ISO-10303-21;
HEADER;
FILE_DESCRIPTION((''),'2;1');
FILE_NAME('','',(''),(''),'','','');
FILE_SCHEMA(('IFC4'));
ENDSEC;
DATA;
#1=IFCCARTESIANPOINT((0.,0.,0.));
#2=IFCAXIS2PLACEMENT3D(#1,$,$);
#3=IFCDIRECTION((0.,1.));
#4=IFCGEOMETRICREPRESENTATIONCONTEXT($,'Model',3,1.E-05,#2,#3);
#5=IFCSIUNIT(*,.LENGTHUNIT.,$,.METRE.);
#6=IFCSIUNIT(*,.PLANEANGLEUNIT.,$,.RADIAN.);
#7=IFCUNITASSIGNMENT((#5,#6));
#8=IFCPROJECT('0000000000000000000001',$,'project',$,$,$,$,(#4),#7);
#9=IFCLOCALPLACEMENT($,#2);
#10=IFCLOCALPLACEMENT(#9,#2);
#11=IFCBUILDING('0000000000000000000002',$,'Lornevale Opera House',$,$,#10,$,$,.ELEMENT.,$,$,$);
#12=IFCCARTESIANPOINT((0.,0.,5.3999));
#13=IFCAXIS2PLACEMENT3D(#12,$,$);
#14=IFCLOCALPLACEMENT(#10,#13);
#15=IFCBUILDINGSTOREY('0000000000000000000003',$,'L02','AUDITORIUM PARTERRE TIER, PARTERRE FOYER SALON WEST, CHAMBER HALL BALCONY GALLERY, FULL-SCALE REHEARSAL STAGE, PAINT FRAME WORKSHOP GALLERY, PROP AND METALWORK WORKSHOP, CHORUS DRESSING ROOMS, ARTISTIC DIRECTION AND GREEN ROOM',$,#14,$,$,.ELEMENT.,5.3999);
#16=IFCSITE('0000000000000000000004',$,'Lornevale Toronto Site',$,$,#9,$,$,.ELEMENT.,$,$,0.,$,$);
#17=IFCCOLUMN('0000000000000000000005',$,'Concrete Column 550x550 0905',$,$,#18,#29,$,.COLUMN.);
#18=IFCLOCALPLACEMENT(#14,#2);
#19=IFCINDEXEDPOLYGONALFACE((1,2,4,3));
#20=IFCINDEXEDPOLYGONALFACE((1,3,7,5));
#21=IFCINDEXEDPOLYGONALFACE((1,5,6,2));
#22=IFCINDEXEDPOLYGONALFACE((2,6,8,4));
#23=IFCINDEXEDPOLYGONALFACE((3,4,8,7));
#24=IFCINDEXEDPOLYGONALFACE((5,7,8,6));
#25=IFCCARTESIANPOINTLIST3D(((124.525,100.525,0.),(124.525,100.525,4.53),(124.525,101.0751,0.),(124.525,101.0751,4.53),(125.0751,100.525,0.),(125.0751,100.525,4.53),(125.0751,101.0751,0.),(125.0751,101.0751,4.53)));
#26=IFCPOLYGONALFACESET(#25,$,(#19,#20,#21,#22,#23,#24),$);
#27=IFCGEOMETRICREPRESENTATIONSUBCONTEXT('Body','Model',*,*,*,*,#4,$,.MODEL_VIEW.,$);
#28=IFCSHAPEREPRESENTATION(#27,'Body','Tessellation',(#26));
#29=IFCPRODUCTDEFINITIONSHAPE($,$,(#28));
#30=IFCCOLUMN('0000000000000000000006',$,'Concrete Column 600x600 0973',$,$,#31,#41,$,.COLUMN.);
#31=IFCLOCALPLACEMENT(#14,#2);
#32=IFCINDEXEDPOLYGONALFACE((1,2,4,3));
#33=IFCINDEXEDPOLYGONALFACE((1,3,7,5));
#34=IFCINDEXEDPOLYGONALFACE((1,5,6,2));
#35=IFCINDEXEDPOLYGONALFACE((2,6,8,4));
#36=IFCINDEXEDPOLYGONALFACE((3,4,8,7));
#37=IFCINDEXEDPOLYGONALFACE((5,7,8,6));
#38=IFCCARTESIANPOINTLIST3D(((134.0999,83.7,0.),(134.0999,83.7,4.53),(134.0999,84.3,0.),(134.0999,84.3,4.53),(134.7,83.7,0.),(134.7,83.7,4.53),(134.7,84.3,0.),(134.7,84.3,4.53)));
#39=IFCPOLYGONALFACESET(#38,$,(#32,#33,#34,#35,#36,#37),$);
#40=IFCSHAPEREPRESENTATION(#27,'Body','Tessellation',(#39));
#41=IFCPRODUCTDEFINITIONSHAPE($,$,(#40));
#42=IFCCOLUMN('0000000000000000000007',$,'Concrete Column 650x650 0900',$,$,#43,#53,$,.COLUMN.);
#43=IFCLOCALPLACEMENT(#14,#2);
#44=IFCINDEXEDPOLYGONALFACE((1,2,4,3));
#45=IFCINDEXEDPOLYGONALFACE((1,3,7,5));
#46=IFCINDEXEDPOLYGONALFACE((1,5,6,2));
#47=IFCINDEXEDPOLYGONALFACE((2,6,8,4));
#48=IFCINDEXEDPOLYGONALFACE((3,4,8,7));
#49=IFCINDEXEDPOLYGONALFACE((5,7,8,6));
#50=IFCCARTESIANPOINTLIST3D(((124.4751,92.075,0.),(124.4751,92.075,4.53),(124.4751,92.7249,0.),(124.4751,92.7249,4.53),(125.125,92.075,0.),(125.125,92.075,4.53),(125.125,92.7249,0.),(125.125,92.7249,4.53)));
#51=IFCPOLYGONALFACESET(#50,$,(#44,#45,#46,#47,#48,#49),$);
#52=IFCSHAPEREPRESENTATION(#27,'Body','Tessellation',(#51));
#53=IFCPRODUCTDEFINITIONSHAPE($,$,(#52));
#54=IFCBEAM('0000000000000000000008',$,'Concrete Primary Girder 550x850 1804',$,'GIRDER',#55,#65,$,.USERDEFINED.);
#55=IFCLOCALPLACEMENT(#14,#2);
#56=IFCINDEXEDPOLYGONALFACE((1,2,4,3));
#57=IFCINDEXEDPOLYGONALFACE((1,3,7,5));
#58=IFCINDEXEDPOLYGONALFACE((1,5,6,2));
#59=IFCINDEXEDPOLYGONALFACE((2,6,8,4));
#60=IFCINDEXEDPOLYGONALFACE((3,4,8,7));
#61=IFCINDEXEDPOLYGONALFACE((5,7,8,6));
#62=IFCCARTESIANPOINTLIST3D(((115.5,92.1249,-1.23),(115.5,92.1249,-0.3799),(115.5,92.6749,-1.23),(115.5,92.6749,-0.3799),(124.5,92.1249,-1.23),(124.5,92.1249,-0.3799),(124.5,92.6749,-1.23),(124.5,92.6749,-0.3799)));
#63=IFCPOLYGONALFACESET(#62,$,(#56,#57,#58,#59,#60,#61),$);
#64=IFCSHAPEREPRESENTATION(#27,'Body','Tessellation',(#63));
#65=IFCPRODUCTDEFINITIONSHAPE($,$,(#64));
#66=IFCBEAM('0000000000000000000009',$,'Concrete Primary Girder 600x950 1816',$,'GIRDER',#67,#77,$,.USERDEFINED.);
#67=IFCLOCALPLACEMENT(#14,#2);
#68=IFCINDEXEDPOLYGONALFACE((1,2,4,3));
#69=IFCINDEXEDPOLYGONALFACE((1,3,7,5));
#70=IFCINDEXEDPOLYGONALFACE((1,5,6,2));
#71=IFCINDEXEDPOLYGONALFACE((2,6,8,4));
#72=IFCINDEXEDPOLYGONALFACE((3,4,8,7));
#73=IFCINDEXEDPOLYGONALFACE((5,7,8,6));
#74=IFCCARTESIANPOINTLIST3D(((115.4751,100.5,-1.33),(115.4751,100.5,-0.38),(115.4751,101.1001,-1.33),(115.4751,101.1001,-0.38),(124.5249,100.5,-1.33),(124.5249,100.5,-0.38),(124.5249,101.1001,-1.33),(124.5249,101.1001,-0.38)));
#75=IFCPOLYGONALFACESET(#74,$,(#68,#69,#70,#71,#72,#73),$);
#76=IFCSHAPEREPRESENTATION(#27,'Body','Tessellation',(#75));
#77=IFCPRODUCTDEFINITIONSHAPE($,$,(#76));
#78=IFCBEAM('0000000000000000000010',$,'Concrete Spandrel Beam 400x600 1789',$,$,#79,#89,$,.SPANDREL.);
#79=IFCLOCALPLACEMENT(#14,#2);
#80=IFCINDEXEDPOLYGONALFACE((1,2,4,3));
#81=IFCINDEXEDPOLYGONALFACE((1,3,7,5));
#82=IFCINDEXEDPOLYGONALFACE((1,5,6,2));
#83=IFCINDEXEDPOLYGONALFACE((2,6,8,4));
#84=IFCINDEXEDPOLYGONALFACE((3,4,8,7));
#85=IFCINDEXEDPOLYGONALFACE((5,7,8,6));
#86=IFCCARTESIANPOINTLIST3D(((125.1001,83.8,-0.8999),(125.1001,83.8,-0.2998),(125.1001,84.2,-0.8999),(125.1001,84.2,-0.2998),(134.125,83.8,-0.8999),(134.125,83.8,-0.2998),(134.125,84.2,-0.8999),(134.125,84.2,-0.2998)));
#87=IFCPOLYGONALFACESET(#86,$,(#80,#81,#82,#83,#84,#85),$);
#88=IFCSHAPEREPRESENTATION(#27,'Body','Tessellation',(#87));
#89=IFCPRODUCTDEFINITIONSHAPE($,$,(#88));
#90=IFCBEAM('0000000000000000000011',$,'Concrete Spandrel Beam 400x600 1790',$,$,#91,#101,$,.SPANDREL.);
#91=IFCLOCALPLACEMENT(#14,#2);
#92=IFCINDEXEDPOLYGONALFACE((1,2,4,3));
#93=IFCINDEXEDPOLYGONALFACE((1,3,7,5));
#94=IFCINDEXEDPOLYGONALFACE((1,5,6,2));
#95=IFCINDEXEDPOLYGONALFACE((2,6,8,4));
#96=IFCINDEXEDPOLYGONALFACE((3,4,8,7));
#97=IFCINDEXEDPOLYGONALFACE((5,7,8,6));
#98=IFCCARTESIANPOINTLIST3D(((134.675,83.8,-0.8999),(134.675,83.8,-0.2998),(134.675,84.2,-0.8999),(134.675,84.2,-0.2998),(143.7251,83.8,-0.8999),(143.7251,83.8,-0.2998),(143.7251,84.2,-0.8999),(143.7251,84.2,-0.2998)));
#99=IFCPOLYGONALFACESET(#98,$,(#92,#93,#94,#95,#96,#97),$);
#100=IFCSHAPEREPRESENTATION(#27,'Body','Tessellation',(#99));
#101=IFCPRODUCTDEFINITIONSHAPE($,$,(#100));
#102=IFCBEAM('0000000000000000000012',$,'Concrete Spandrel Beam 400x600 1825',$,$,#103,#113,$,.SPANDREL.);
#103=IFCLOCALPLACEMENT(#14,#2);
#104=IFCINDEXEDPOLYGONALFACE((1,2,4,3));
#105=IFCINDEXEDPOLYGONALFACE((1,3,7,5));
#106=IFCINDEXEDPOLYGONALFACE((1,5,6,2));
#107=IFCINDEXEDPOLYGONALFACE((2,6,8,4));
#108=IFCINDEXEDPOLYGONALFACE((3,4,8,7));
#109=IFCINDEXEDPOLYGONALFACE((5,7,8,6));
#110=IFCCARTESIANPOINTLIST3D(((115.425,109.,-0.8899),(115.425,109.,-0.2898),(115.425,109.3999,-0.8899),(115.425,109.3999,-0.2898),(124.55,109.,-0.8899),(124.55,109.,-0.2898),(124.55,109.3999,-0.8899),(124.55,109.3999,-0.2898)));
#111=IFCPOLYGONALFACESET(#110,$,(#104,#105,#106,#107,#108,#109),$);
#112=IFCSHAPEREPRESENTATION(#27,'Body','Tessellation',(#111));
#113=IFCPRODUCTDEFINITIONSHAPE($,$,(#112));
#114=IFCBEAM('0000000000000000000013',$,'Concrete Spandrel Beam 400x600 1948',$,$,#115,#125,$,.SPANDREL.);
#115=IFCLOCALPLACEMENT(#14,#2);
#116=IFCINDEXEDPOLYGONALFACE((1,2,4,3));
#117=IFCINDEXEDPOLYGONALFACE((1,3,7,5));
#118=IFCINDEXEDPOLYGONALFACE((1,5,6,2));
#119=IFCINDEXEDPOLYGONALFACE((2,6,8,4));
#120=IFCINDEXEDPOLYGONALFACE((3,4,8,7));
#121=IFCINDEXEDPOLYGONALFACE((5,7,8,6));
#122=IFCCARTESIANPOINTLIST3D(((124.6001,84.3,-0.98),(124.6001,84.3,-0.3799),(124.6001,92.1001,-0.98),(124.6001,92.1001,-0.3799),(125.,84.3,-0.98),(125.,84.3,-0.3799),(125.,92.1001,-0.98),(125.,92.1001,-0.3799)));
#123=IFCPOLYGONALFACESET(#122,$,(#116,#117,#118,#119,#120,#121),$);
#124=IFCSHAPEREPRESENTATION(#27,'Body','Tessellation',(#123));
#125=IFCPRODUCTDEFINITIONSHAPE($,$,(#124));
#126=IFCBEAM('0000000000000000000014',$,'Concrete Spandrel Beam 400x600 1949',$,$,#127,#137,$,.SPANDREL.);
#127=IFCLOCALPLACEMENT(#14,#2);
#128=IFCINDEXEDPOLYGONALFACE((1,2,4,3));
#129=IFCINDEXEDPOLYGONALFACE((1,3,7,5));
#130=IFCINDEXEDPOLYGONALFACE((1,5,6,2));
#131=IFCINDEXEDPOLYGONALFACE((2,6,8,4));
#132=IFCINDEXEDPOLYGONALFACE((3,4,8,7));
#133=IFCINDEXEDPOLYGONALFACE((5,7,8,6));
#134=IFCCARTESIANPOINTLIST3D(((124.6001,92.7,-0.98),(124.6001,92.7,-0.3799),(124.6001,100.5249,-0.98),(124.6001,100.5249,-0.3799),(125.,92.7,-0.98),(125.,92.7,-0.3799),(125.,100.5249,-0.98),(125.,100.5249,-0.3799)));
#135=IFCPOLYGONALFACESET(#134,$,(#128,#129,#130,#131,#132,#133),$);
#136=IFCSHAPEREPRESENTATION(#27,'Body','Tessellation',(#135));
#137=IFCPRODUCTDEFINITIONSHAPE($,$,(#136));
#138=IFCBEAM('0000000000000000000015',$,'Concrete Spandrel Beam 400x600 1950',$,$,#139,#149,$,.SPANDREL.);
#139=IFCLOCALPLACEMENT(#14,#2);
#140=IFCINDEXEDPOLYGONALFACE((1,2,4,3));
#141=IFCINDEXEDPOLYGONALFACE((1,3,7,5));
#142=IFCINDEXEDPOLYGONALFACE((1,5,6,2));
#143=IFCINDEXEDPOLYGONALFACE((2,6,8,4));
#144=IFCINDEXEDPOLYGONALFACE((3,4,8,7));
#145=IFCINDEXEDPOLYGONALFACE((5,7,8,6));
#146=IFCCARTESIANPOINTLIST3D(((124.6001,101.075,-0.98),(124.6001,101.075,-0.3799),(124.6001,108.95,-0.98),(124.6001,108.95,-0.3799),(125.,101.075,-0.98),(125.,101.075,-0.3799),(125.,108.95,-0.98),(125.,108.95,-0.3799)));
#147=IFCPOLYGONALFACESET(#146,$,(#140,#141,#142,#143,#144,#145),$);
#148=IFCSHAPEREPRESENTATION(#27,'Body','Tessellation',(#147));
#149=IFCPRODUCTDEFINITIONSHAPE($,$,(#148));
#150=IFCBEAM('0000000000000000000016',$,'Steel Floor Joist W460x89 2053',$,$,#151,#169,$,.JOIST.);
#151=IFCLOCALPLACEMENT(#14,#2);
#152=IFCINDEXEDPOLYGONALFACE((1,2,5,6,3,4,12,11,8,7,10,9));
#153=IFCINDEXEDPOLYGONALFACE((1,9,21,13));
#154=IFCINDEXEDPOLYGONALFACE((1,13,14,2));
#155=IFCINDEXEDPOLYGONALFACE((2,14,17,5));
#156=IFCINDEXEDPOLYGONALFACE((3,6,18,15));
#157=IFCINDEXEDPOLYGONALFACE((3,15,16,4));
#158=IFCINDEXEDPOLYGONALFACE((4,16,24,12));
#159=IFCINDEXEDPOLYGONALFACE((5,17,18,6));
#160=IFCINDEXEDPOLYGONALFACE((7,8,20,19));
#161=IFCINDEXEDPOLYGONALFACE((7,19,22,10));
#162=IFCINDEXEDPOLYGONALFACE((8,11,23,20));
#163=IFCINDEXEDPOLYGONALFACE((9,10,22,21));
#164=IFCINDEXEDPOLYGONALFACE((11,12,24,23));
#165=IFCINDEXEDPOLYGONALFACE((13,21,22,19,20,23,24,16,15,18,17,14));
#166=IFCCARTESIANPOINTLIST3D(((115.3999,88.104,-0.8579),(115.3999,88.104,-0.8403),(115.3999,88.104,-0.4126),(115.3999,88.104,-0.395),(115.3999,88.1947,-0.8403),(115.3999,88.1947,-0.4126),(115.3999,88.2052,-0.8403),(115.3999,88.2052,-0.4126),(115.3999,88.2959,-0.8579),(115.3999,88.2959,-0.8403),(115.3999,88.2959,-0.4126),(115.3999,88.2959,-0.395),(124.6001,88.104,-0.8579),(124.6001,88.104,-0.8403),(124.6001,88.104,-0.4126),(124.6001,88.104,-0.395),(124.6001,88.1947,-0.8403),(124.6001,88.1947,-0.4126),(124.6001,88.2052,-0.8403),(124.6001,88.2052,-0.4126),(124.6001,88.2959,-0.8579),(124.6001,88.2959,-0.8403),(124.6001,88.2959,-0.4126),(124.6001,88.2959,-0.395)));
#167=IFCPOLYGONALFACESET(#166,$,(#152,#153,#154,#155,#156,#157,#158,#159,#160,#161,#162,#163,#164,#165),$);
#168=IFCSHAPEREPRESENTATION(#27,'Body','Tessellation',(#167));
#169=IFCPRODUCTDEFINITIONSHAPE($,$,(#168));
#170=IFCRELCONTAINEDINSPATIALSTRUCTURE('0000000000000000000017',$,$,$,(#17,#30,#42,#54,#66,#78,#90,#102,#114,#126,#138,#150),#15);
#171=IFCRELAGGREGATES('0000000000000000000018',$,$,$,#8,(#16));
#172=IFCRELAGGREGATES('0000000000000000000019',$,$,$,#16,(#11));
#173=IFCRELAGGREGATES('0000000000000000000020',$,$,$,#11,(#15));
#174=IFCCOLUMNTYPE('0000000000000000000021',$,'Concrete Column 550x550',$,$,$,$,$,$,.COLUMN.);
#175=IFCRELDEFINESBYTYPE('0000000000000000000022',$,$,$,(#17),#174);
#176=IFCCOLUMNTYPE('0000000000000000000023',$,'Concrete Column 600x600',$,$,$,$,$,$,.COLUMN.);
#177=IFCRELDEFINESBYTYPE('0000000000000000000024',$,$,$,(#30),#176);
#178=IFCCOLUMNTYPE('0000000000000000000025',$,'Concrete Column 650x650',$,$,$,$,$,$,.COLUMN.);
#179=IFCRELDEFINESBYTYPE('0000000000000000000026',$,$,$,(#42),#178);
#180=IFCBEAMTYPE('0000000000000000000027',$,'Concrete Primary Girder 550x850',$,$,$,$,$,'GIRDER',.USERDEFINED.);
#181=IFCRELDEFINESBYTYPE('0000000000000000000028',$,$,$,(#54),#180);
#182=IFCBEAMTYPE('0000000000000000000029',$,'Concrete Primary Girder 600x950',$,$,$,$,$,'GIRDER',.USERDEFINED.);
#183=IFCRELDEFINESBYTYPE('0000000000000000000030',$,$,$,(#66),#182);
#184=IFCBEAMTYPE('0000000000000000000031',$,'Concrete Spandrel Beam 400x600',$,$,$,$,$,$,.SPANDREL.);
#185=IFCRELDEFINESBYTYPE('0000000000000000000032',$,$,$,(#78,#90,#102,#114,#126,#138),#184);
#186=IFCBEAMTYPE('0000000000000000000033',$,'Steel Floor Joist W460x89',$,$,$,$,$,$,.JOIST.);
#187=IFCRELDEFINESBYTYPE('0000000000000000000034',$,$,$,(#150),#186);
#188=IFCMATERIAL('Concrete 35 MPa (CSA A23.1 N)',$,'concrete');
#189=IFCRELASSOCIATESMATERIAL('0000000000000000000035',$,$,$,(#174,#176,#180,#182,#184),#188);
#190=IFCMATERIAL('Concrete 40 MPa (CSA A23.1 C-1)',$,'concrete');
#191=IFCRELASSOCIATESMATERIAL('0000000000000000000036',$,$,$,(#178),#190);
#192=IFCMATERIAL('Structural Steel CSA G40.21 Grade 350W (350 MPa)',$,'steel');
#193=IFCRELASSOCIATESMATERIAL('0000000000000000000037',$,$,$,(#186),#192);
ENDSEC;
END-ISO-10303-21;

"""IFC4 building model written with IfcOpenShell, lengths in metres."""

from ifc_helpers import new_model, si_unit, direction, frame, origin, origin_2d, place, context, subcontext, project, spatial, rectangle, i_section, extrude, material, material_profile, profile_set, type_object, element, save


model = new_model("IFC4")

# Units and contexts
model_context = context("Model", 3, precision=1e-05, world=origin(), true_north=direction((0.0, 1.0)))
body_context = subcontext(model_context, "Body", "Model", "MODEL_VIEW")
ifc_project = project(units=[si_unit("LENGTHUNIT", "METRE"), si_unit("PLANEANGLEUNIT", "RADIAN")], contexts=[model_context])

# Site, building, storey
site_placement = place(None, origin())
site = spatial("IfcSite", under=ifc_project, at=site_placement, Name="Lornevale Toronto Site", CompositionType="ELEMENT", RefElevation=0.0)
building_placement = place(site_placement, origin())
building = spatial("IfcBuilding", under=site, at=building_placement, Name="Lornevale Opera House", CompositionType="ELEMENT")
storey_placement = place(building_placement, frame((0.0, 0.0, 5.3999)))
storey = spatial("IfcBuildingStorey", under=building, at=storey_placement, Name="L02", Description="AUDITORIUM PARTERRE TIER, PARTERRE FOYER SALON WEST, CHAMBER HALL BALCONY GALLERY, FULL-SCALE REHEARSAL STAGE, PAINT FRAME WORKSHOP GALLERY, PROP AND METALWORK WORKSHOP, CHORUS DRESSING ROOMS, ARTISTIC DIRECTION AND GREEN ROOM", CompositionType="ELEMENT", Elevation=5.3999)

# Columns
ifc_material_1 = material(Name="Concrete 35 MPa (CSA A23.1 N)", Category="concrete")
ifc_material_profile_1 = material_profile(ifc_material_1, rectangle(XDim=0.55, YDim=0.55, at=origin_2d()), Name="RC550x550")
ifc_profile_set_1 = profile_set([ifc_material_profile_1], Name="Concrete 35 MPa (CSA A23.1 N)")
column_type_1 = type_object("IfcColumnType", Name="Concrete Column 550x550", PredefinedType="COLUMN", material=ifc_profile_set_1)
column_1_placement = place(storey_placement, frame((124.8, 100.8, 0.0), z_axis=(0.0, 0.0, 1.0), x_axis=(1.0, 0.0, 0.0)))
element("IfcColumn", 1, at=column_1_placement, inside=storey, type_object=column_type_1, Name="Concrete Column 550x550 0905", PredefinedType="COLUMN", context=body_context, shape_type="SweptSolid", body=[
    extrude(rectangle(XDim=0.55, YDim=0.55, at=origin_2d()), origin(), (0.0, 0.0, 1.0), 4.53),
])
ifc_material_profile_2 = material_profile(ifc_material_1, rectangle(XDim=0.6001, YDim=0.6001, at=origin_2d()), Name="RC600x600")
ifc_profile_set_2 = profile_set([ifc_material_profile_2], Name="Concrete 35 MPa (CSA A23.1 N)")
column_type_2 = type_object("IfcColumnType", Name="Concrete Column 600x600", PredefinedType="COLUMN", material=ifc_profile_set_2)
column_2_placement = place(storey_placement, frame((134.3999, 84.0, 0.0), z_axis=(0.0, 0.0, 1.0), x_axis=(1.0, 0.0, 0.0)))
element("IfcColumn", 2, at=column_2_placement, inside=storey, type_object=column_type_2, Name="Concrete Column 600x600 0973", PredefinedType="COLUMN", context=body_context, shape_type="SweptSolid", body=[
    extrude(rectangle(XDim=0.6001, YDim=0.6001, at=origin_2d()), origin(), (0.0, 0.0, 1.0), 4.53),
])
ifc_material_2 = material(Name="Concrete 40 MPa (CSA A23.1 C-1)", Category="concrete")
ifc_material_profile_3 = material_profile(ifc_material_2, rectangle(XDim=0.6499, YDim=0.6499, at=origin_2d()), Name="RC650x650")
ifc_profile_set_3 = profile_set([ifc_material_profile_3], Name="Concrete 40 MPa (CSA A23.1 C-1)")
column_type_3 = type_object("IfcColumnType", Name="Concrete Column 650x650", PredefinedType="COLUMN", material=ifc_profile_set_3)
column_3_placement = place(storey_placement, frame((124.8, 92.3999, 0.0), z_axis=(0.0, 0.0, 1.0), x_axis=(1.0, 0.0, 0.0)))
element("IfcColumn", 3, at=column_3_placement, inside=storey, type_object=column_type_3, Name="Concrete Column 650x650 0900", PredefinedType="COLUMN", context=body_context, shape_type="SweptSolid", body=[
    extrude(rectangle(XDim=0.6499, YDim=0.6499, at=origin_2d()), origin(), (0.0, 0.0, 1.0), 4.53),
])

# Beams
ifc_material_profile_4 = material_profile(ifc_material_1, rectangle(XDim=0.55, YDim=0.8501, at=origin_2d()), Name="RC550x850")
ifc_profile_set_4 = profile_set([ifc_material_profile_4], Name="Concrete 35 MPa (CSA A23.1 N)")
beam_type_1 = type_object("IfcBeamType", Name="Concrete Primary Girder 550x850", ElementType="GIRDER", PredefinedType="USERDEFINED", material=ifc_profile_set_4)
beam_1_placement = place(storey_placement, frame((115.5, 92.3999, -0.8049), z_axis=(1.0, 0.0, 0.0), x_axis=(0.0, 1.0, 0.0)))
element("IfcBeam", 4, at=beam_1_placement, inside=storey, type_object=beam_type_1, Name="Concrete Primary Girder 550x850 1804", ObjectType="GIRDER", PredefinedType="USERDEFINED", context=body_context, shape_type="SweptSolid", body=[
    extrude(rectangle(XDim=0.55, YDim=0.8501, at=origin_2d()), origin(), (0.0, 0.0, 1.0), 9.0),
])
ifc_material_profile_5 = material_profile(ifc_material_1, rectangle(XDim=0.6001, YDim=0.95, at=origin_2d()), Name="RC600x950")
ifc_profile_set_5 = profile_set([ifc_material_profile_5], Name="Concrete 35 MPa (CSA A23.1 N)")
beam_type_2 = type_object("IfcBeamType", Name="Concrete Primary Girder 600x950", ElementType="GIRDER", PredefinedType="USERDEFINED", material=ifc_profile_set_5)
beam_2_placement = place(storey_placement, frame((115.4751, 100.8, -0.855), z_axis=(1.0, 0.0, 0.0), x_axis=(0.0, 1.0, 0.0)))
element("IfcBeam", 5, at=beam_2_placement, inside=storey, type_object=beam_type_2, Name="Concrete Primary Girder 600x950 1816", ObjectType="GIRDER", PredefinedType="USERDEFINED", context=body_context, shape_type="SweptSolid", body=[
    extrude(rectangle(XDim=0.6001, YDim=0.95, at=origin_2d()), origin(), (0.0, 0.0, 1.0), 9.0498),
])
ifc_material_profile_6 = material_profile(ifc_material_1, rectangle(XDim=0.3999, YDim=0.6001, at=origin_2d()), Name="RC400x600")
ifc_profile_set_6 = profile_set([ifc_material_profile_6], Name="Concrete 35 MPa (CSA A23.1 N)")
beam_type_3 = type_object("IfcBeamType", Name="Concrete Spandrel Beam 400x600", PredefinedType="SPANDREL", material=ifc_profile_set_6)
beam_3_placement = place(storey_placement, frame((125.1001, 84.0, -0.5999), z_axis=(1.0, 0.0, 0.0), x_axis=(0.0, 1.0, 0.0)))
element("IfcBeam", 6, at=beam_3_placement, inside=storey, type_object=beam_type_3, Name="Concrete Spandrel Beam 400x600 1789", PredefinedType="SPANDREL", context=body_context, shape_type="SweptSolid", body=[
    extrude(rectangle(XDim=0.3999, YDim=0.6001, at=origin_2d()), origin(), (0.0, 0.0, 1.0), 9.0249),
])
beam_4_placement = place(storey_placement, frame((134.675, 84.0, -0.5999), z_axis=(1.0, 0.0, 0.0), x_axis=(0.0, 1.0, 0.0)))
element("IfcBeam", 7, at=beam_4_placement, inside=storey, type_object=beam_type_3, Name="Concrete Spandrel Beam 400x600 1790", PredefinedType="SPANDREL", context=body_context, shape_type="SweptSolid", body=[
    extrude(rectangle(XDim=0.3999, YDim=0.6001, at=origin_2d()), origin(), (0.0, 0.0, 1.0), 9.05),
])
beam_5_placement = place(storey_placement, frame((115.425, 109.2, -0.5898), z_axis=(1.0, 0.0, 0.0), x_axis=(0.0, 1.0, 0.0)))
element("IfcBeam", 8, at=beam_5_placement, inside=storey, type_object=beam_type_3, Name="Concrete Spandrel Beam 400x600 1825", PredefinedType="SPANDREL", context=body_context, shape_type="SweptSolid", body=[
    extrude(rectangle(XDim=0.3999, YDim=0.6001, at=origin_2d()), origin(), (0.0, 0.0, 1.0), 9.125),
])
beam_6_placement = place(storey_placement, frame((124.8, 84.3, -0.6799), z_axis=(0.0, 1.0, 0.0), x_axis=(-1.0, 0.0, 0.0)))
element("IfcBeam", 9, at=beam_6_placement, inside=storey, type_object=beam_type_3, Name="Concrete Spandrel Beam 400x600 1948", PredefinedType="SPANDREL", context=body_context, shape_type="SweptSolid", body=[
    extrude(rectangle(XDim=0.3999, YDim=0.6001, at=origin_2d()), origin(), (0.0, 0.0, 1.0), 7.8),
])
beam_7_placement = place(storey_placement, frame((124.8, 92.7, -0.6799), z_axis=(0.0, 1.0, 0.0), x_axis=(-1.0, 0.0, 0.0)))
element("IfcBeam", 10, at=beam_7_placement, inside=storey, type_object=beam_type_3, Name="Concrete Spandrel Beam 400x600 1949", PredefinedType="SPANDREL", context=body_context, shape_type="SweptSolid", body=[
    extrude(rectangle(XDim=0.3999, YDim=0.6001, at=origin_2d()), origin(), (0.0, 0.0, 1.0), 7.825),
])
beam_8_placement = place(storey_placement, frame((124.8, 101.075, -0.6799), z_axis=(0.0, 1.0, 0.0), x_axis=(-1.0, 0.0, 0.0)))
element("IfcBeam", 11, at=beam_8_placement, inside=storey, type_object=beam_type_3, Name="Concrete Spandrel Beam 400x600 1950", PredefinedType="SPANDREL", context=body_context, shape_type="SweptSolid", body=[
    extrude(rectangle(XDim=0.3999, YDim=0.6001, at=origin_2d()), origin(), (0.0, 0.0, 1.0), 7.875),
])
ifc_material_3 = material(Name="Structural Steel CSA G40.21 Grade 350W (350 MPa)", Category="steel")
ifc_material_profile_7 = material_profile(ifc_material_3, i_section(OverallWidth=0.1919, OverallDepth=0.4629, WebThickness=0.0105, FlangeThickness=0.0176, at=origin_2d()), Name="W460x89")
ifc_profile_set_7 = profile_set([ifc_material_profile_7], Name="Structural Steel CSA G40.21 Grade 350W (350 MPa)")
beam_type_4 = type_object("IfcBeamType", Name="Steel Floor Joist W460x89", PredefinedType="JOIST", material=ifc_profile_set_7)
for number, where, z_axis, x_axis, name in (
    (12, (115.3999, 88.2, -0.6265), (1.0, 0.0, 0.0), (0.0, 1.0, 0.0), "Steel Floor Joist W460x89 2053"),
):
    element("IfcBeam", number, at=place(storey_placement, frame(where, z_axis=z_axis, x_axis=x_axis)), inside=storey, type_object=beam_type_4, Name=name, PredefinedType="JOIST", context=body_context, shape_type="SweptSolid", body=[
        extrude(i_section(OverallWidth=0.1919, OverallDepth=0.4629, WebThickness=0.0105, FlangeThickness=0.0176, at=origin_2d()), origin(), (0.0, 0.0, 1.0), 9.2002),
    ])

save(model, "model.ifc")
